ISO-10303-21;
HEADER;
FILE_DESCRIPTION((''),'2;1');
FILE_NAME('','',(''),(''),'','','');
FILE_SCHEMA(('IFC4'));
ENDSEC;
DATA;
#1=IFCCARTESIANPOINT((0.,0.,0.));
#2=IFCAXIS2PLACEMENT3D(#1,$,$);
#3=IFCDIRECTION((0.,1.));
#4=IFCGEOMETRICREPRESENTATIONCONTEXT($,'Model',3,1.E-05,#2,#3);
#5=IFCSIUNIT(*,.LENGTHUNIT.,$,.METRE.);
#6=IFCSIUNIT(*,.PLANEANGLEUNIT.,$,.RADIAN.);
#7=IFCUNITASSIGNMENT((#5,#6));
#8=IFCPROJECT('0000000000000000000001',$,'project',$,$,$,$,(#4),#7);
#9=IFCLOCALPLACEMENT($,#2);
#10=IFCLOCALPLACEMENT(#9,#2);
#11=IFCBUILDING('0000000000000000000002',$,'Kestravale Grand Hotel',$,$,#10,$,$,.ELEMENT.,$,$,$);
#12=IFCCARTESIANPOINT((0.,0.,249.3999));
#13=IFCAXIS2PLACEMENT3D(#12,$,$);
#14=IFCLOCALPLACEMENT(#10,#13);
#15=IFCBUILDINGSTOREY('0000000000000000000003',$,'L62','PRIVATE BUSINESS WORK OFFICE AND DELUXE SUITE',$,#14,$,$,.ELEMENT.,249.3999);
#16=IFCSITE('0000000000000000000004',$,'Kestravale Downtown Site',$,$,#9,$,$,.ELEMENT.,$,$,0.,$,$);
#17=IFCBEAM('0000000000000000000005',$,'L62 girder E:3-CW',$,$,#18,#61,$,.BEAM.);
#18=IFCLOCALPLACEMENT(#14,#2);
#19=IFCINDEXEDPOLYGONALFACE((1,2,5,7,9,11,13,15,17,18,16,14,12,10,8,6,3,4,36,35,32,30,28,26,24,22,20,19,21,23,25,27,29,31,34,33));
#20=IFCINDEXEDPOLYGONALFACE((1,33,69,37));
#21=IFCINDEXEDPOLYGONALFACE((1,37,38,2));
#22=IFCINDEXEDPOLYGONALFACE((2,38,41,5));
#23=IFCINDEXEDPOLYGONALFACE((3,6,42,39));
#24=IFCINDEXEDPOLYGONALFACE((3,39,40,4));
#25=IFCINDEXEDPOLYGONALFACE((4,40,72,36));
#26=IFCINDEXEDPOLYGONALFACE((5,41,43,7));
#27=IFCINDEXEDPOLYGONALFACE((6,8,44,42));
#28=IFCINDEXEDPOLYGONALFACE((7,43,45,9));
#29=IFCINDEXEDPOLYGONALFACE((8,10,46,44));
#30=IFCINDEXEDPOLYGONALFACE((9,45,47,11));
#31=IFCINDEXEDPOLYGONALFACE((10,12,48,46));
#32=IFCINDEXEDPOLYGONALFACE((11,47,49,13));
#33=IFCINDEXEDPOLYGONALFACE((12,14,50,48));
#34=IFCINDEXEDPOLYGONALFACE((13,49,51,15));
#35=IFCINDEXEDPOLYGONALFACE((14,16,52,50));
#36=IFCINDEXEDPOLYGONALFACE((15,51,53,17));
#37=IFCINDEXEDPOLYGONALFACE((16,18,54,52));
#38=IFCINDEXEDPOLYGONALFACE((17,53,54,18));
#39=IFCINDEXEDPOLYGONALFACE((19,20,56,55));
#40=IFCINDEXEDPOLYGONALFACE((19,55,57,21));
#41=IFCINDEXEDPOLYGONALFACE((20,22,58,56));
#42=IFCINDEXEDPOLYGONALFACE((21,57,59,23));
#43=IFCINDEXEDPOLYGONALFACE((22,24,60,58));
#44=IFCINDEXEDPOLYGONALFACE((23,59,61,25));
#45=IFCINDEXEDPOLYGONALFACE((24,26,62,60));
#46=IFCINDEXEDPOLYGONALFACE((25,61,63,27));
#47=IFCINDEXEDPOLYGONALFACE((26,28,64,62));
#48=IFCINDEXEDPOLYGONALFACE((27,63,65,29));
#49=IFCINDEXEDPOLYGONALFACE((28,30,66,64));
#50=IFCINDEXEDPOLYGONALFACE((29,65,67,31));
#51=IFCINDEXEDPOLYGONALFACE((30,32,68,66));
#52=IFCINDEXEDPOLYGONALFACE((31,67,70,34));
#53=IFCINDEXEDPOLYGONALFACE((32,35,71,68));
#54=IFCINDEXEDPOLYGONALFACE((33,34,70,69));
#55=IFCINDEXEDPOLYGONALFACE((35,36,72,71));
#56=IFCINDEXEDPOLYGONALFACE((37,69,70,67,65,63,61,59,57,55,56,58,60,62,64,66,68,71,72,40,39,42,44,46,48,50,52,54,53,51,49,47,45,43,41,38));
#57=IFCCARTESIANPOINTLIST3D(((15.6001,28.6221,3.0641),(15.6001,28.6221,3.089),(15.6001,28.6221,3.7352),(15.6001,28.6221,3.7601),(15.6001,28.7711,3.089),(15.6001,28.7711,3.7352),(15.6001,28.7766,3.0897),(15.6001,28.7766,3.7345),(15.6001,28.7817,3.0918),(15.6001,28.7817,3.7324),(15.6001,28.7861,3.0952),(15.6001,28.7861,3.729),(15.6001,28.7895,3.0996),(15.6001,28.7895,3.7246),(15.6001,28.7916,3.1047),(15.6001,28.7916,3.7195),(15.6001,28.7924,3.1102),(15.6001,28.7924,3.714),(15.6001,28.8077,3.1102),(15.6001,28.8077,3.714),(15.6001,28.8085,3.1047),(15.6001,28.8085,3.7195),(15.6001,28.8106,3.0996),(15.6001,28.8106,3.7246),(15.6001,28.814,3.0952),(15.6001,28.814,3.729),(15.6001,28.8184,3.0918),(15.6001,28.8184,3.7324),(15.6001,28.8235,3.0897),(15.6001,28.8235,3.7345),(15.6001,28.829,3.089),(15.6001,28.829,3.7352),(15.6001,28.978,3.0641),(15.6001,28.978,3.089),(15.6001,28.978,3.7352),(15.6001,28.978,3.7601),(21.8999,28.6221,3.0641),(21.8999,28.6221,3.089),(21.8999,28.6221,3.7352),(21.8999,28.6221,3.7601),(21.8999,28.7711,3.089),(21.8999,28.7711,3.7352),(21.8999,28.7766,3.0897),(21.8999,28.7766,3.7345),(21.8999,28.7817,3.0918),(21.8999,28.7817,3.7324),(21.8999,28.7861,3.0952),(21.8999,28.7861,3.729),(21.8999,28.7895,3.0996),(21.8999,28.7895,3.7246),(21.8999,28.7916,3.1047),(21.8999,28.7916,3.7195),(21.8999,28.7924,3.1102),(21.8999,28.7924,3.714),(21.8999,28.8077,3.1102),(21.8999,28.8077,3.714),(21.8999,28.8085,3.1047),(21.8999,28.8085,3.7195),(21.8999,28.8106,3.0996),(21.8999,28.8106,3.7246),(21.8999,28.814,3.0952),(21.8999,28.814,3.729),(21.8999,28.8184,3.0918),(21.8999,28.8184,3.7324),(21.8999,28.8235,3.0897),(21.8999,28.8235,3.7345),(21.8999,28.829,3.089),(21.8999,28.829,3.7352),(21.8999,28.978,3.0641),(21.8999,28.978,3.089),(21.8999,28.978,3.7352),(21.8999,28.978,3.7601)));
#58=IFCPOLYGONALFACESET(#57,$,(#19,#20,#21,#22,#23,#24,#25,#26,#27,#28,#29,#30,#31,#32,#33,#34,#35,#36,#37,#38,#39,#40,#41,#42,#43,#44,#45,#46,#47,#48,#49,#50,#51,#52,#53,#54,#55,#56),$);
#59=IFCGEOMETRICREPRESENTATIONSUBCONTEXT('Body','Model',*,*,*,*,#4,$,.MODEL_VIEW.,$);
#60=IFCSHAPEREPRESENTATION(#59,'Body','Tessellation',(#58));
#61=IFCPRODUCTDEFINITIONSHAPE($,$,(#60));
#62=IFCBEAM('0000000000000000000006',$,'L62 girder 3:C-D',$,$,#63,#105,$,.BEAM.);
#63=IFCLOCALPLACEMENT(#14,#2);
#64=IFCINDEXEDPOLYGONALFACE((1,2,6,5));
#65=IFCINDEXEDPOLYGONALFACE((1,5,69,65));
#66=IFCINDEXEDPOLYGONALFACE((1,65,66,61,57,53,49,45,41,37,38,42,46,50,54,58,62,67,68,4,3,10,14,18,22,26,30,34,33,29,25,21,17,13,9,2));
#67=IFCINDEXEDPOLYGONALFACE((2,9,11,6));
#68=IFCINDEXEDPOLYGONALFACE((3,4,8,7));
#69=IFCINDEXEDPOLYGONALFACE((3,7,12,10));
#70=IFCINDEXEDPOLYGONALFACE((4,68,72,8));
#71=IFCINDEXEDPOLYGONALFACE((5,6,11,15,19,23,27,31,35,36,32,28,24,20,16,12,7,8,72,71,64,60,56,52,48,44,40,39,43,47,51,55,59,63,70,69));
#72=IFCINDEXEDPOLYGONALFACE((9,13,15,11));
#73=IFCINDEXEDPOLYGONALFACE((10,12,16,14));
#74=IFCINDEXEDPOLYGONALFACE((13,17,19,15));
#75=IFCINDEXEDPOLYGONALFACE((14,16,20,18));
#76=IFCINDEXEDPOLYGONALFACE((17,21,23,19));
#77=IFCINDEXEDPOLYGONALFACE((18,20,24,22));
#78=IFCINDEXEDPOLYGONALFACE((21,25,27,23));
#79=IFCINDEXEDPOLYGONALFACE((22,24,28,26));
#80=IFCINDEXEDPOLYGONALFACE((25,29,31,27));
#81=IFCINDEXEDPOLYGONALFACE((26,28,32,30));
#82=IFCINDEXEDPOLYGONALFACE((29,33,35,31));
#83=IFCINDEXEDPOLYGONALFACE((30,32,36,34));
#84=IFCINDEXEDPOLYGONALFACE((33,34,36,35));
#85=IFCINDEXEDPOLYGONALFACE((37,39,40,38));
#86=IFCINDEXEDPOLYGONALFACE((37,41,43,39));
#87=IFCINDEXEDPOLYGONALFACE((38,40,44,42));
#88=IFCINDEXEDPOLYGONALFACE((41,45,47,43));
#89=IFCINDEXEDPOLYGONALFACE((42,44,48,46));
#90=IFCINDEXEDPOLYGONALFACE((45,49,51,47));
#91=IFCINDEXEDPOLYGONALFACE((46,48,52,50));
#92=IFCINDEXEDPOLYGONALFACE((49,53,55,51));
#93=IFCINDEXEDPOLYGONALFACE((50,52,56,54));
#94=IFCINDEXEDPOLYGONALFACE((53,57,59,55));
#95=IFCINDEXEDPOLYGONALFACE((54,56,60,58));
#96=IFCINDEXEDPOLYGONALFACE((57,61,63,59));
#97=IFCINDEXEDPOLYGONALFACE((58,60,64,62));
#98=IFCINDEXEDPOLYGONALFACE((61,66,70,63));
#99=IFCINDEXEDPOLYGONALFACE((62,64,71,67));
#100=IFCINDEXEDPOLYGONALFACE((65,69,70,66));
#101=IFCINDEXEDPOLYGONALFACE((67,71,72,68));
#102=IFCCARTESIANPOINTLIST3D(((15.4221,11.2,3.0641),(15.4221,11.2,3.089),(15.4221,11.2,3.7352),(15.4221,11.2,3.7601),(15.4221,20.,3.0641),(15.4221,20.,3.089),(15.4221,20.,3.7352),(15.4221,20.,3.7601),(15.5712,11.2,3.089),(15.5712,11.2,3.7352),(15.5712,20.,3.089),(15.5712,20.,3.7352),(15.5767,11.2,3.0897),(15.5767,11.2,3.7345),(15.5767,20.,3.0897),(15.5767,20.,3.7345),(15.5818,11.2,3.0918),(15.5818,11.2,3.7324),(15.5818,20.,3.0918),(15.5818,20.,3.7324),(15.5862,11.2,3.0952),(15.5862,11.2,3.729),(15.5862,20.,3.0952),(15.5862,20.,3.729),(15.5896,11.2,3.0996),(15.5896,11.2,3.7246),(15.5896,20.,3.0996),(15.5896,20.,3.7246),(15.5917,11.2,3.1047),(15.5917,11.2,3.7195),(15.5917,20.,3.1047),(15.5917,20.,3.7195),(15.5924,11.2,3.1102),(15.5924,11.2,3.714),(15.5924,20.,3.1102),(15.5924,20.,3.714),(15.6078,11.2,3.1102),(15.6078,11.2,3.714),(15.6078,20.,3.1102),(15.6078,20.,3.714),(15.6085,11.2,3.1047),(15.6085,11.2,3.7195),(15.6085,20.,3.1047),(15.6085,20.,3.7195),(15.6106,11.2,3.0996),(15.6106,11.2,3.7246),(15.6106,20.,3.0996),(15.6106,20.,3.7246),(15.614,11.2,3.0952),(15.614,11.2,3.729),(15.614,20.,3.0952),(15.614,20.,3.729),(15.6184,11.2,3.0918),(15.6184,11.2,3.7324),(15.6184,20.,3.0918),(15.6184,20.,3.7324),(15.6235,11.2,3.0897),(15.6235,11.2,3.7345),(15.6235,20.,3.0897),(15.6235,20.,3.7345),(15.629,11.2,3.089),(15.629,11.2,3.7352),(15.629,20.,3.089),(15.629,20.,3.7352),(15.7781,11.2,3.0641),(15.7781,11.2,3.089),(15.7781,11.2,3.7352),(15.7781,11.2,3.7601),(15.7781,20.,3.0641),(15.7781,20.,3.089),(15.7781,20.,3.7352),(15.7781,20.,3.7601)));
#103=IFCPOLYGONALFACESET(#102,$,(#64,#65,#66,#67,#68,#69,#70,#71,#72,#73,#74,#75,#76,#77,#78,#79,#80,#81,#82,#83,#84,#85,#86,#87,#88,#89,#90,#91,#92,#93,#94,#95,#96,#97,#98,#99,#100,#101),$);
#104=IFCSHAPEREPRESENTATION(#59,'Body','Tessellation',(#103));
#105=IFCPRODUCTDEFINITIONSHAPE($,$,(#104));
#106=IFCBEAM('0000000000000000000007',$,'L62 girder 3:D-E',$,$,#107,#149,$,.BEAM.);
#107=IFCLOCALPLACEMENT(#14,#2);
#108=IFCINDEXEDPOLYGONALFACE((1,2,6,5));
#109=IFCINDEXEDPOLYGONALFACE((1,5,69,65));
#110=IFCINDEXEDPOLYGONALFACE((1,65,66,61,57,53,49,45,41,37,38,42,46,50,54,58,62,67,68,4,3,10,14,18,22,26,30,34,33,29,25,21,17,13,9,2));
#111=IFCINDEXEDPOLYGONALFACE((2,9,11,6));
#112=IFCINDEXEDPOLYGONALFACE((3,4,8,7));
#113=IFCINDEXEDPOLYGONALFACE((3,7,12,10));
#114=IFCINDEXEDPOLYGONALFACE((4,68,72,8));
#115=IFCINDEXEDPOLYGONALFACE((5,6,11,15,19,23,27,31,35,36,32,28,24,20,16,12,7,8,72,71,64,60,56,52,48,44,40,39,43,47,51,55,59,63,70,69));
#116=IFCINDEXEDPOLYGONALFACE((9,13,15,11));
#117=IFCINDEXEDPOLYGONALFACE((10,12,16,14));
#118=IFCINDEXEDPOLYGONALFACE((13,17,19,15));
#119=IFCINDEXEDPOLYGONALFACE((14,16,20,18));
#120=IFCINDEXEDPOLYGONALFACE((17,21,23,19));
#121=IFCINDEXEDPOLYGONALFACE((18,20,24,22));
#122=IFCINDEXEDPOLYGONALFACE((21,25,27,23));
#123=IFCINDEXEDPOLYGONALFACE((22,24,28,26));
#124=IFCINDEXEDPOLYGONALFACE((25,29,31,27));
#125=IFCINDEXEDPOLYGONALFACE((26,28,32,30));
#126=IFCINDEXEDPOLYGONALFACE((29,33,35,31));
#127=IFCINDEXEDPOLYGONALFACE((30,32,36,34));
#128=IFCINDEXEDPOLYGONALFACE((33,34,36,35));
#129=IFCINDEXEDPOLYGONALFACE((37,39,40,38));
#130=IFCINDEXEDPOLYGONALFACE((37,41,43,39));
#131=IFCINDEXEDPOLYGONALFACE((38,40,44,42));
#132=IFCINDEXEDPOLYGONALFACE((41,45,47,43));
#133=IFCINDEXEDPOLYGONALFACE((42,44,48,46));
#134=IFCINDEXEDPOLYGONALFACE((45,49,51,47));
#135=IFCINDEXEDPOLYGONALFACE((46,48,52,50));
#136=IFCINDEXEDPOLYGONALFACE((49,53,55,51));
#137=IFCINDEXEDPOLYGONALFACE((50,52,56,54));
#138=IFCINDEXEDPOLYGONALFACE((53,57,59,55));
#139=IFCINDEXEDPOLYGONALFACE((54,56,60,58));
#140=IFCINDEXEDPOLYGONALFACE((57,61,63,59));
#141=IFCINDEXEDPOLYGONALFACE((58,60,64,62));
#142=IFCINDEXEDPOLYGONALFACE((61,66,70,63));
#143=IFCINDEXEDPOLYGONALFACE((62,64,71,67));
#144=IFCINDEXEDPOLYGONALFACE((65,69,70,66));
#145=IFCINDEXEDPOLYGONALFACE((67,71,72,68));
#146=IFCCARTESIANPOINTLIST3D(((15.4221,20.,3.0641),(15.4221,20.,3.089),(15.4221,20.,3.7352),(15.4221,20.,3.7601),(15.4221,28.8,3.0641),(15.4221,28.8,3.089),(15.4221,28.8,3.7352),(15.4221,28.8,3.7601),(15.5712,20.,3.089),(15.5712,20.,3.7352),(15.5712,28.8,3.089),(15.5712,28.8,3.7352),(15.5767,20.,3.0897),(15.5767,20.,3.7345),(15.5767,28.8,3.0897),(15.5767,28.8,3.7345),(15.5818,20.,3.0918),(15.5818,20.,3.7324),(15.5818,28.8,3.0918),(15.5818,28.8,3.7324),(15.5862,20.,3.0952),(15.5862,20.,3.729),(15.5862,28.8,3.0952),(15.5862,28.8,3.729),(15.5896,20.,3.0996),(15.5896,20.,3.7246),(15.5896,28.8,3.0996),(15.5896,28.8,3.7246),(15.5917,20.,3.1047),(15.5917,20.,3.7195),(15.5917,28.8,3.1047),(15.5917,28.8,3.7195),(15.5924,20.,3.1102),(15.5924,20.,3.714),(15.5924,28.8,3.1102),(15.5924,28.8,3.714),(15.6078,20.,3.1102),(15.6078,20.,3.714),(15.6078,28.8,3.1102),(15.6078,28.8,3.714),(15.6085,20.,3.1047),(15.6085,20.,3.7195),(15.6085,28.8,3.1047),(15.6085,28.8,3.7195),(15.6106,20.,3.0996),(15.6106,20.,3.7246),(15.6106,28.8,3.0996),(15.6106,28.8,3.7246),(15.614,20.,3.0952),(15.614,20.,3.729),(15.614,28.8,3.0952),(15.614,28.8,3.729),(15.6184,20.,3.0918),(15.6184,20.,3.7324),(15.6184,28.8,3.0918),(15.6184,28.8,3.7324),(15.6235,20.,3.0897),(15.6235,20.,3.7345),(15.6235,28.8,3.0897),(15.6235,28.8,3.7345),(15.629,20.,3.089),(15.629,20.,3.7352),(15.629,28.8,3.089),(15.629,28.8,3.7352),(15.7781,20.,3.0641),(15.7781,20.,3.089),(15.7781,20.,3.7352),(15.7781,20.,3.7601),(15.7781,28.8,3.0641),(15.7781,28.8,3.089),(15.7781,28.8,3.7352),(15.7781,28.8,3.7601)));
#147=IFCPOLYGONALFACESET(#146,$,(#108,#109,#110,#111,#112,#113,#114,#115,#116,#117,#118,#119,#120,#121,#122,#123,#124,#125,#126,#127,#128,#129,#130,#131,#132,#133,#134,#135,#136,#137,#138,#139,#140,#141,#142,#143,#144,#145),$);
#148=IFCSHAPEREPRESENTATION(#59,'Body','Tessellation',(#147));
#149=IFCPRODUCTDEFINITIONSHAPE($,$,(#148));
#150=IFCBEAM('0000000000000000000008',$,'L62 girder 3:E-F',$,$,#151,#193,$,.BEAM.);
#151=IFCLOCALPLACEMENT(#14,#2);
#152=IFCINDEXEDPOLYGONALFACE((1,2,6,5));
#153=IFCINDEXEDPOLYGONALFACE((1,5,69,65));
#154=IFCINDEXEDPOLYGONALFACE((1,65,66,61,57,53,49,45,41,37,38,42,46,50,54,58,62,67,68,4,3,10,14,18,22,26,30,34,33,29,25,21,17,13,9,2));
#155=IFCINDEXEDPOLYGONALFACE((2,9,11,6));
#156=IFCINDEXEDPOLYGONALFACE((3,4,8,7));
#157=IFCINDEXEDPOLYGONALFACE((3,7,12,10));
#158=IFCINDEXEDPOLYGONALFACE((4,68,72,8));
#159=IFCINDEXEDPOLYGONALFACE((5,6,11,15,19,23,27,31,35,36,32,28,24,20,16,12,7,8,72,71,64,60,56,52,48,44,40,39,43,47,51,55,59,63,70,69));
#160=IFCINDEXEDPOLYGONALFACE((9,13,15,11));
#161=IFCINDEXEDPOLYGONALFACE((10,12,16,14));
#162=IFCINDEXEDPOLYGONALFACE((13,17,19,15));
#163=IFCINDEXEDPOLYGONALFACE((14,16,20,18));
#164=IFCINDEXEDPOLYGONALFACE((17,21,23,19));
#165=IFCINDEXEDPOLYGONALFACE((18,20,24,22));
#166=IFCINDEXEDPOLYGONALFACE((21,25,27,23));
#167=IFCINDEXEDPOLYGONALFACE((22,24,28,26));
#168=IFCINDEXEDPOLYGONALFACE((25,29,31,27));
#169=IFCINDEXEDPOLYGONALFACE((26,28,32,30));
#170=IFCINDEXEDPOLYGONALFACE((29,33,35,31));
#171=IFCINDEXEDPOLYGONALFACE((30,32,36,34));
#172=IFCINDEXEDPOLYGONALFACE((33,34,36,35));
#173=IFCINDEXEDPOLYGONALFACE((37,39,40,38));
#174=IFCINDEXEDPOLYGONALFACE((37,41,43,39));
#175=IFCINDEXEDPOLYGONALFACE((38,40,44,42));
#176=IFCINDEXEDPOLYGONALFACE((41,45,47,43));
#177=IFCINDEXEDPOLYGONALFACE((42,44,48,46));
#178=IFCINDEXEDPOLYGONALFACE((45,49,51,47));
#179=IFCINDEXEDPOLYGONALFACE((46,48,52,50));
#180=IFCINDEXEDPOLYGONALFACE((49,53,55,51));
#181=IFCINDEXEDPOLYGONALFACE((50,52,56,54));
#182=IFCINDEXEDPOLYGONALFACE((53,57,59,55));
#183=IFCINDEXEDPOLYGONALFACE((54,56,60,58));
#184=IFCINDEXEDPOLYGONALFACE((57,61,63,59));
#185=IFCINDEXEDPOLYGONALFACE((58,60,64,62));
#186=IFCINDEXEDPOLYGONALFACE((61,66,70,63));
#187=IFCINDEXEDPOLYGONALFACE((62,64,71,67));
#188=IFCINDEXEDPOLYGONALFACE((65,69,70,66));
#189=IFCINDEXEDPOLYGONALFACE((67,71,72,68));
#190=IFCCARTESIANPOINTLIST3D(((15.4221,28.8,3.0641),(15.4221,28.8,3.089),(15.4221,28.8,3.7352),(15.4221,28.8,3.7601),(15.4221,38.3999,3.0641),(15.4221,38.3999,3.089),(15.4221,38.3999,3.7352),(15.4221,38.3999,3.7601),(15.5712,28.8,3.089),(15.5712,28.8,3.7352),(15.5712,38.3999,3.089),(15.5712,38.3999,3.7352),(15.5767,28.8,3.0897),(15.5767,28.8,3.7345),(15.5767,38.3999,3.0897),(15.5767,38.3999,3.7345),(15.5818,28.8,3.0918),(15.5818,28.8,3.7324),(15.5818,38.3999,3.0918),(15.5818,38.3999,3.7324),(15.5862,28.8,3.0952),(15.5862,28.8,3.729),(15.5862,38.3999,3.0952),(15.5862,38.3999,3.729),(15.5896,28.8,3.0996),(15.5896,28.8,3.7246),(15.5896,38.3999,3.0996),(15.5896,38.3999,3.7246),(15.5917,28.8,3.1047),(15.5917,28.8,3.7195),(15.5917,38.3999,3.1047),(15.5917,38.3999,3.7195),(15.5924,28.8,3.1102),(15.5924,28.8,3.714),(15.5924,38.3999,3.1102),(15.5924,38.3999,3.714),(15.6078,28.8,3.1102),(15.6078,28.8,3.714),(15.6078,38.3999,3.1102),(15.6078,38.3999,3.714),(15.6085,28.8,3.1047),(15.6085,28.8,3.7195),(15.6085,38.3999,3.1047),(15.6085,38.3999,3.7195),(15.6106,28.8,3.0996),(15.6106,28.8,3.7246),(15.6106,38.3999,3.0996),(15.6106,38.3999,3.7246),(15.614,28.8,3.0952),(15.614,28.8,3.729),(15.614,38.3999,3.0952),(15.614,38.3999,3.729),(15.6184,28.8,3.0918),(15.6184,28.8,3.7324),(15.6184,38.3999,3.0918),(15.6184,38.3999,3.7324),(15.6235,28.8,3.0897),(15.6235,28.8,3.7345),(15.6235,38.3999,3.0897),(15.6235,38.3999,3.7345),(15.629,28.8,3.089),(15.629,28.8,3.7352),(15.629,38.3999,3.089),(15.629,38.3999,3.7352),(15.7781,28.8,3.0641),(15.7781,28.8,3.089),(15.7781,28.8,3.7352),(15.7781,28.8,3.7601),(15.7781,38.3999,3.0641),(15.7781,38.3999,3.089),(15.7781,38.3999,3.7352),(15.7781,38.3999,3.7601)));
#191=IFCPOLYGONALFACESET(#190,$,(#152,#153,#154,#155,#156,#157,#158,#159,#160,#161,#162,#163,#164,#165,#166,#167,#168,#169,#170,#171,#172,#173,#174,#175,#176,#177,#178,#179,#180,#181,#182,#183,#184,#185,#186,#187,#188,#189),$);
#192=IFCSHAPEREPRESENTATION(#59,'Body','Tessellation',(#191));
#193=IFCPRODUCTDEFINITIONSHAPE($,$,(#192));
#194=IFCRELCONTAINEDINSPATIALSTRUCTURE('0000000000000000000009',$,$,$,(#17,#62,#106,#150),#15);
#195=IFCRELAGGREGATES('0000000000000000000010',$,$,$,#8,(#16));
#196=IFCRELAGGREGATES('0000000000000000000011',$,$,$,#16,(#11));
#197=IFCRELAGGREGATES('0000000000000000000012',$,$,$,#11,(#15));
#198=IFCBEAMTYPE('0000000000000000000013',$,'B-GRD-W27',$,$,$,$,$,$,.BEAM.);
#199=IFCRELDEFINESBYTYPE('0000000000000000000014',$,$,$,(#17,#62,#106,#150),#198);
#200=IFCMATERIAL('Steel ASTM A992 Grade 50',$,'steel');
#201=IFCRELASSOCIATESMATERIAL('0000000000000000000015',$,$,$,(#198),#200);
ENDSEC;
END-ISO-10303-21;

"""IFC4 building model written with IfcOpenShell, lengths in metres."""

from ifc_helpers import new_model, si_unit, direction, frame, origin, origin_2d, place, context, subcontext, project, spatial, i_section, extrude, material, material_profile, profile_set, type_object, element, save


model = new_model("IFC4")

# Units and contexts
model_context = context("Model", 3, precision=1e-05, world=origin(), true_north=direction((0.0, 1.0)))
body_context = subcontext(model_context, "Body", "Model", "MODEL_VIEW")
ifc_project = project(units=[si_unit("LENGTHUNIT", "METRE"), si_unit("PLANEANGLEUNIT", "RADIAN")], contexts=[model_context])

# Site, building, storey
site_placement = place(None, origin())
site = spatial("IfcSite", under=ifc_project, at=site_placement, Name="Kestravale Downtown Site", CompositionType="ELEMENT", RefElevation=0.0)
building_placement = place(site_placement, origin())
building = spatial("IfcBuilding", under=site, at=building_placement, Name="Kestravale Grand Hotel", CompositionType="ELEMENT")
storey_placement = place(building_placement, frame((0.0, 0.0, 249.3999)))
storey = spatial("IfcBuildingStorey", under=building, at=storey_placement, Name="L62", Description="PRIVATE BUSINESS WORK OFFICE AND DELUXE SUITE", CompositionType="ELEMENT", Elevation=249.3999)

# Beams
ifc_material_1 = material(Name="Steel ASTM A992 Grade 50", Category="steel")
ifc_material_profile_1 = material_profile(ifc_material_1, i_section(OverallWidth=0.356, OverallDepth=0.696, WebThickness=0.0154, FlangeThickness=0.0249, FilletRadius=0.0212, at=origin_2d()))
ifc_profile_set_1 = profile_set([ifc_material_profile_1], Name="Steel ASTM A992 Grade 50")
beam_type = type_object("IfcBeamType", Name="B-GRD-W27", PredefinedType="BEAM", material=ifc_profile_set_1)
beam_1_placement = place(storey_placement, frame((15.6001, 28.8, 3.4121), z_axis=(1.0, 0.0, 0.0), x_axis=(0.0, 1.0, 0.0)))
element("IfcBeam", 1, at=beam_1_placement, inside=storey, type_object=beam_type, Name="L62 girder E:3-CW", PredefinedType="BEAM", context=body_context, shape_type="SweptSolid", body=[
    extrude(i_section(OverallWidth=0.356, OverallDepth=0.696, WebThickness=0.0154, FlangeThickness=0.0249, FilletRadius=0.0212, at=origin_2d()), origin(), (0.0, 0.0, 1.0), 6.2998),
])
for number, where, z_axis, x_axis, name in (
    (2, (15.6001, 11.2, 3.4121), (0.0, 1.0, 0.0), (-1.0, 0.0, 0.0), "L62 girder 3:C-D"),
    (3, (15.6001, 20.0, 3.4121), (0.0, 1.0, 0.0), (-1.0, 0.0, 0.0), "L62 girder 3:D-E"),
):
    element("IfcBeam", number, at=place(storey_placement, frame(where, z_axis=z_axis, x_axis=x_axis)), inside=storey, type_object=beam_type, Name=name, PredefinedType="BEAM", context=body_context, shape_type="SweptSolid", body=[
        extrude(i_section(OverallWidth=0.356, OverallDepth=0.696, WebThickness=0.0154, FlangeThickness=0.0249, FilletRadius=0.0212, at=origin_2d()), origin(), (0.0, 0.0, 1.0), 8.8),
    ])
beam_2_placement = place(storey_placement, frame((15.6001, 28.8, 3.4121), z_axis=(0.0, 1.0, 0.0), x_axis=(-1.0, 0.0, 0.0)))
element("IfcBeam", 4, at=beam_2_placement, inside=storey, type_object=beam_type, Name="L62 girder 3:E-F", PredefinedType="BEAM", context=body_context, shape_type="SweptSolid", body=[
    extrude(i_section(OverallWidth=0.356, OverallDepth=0.696, WebThickness=0.0154, FlangeThickness=0.0249, FilletRadius=0.0212, at=origin_2d()), origin(), (0.0, 0.0, 1.0), 9.5999),
])

save(model, "model.ifc")
